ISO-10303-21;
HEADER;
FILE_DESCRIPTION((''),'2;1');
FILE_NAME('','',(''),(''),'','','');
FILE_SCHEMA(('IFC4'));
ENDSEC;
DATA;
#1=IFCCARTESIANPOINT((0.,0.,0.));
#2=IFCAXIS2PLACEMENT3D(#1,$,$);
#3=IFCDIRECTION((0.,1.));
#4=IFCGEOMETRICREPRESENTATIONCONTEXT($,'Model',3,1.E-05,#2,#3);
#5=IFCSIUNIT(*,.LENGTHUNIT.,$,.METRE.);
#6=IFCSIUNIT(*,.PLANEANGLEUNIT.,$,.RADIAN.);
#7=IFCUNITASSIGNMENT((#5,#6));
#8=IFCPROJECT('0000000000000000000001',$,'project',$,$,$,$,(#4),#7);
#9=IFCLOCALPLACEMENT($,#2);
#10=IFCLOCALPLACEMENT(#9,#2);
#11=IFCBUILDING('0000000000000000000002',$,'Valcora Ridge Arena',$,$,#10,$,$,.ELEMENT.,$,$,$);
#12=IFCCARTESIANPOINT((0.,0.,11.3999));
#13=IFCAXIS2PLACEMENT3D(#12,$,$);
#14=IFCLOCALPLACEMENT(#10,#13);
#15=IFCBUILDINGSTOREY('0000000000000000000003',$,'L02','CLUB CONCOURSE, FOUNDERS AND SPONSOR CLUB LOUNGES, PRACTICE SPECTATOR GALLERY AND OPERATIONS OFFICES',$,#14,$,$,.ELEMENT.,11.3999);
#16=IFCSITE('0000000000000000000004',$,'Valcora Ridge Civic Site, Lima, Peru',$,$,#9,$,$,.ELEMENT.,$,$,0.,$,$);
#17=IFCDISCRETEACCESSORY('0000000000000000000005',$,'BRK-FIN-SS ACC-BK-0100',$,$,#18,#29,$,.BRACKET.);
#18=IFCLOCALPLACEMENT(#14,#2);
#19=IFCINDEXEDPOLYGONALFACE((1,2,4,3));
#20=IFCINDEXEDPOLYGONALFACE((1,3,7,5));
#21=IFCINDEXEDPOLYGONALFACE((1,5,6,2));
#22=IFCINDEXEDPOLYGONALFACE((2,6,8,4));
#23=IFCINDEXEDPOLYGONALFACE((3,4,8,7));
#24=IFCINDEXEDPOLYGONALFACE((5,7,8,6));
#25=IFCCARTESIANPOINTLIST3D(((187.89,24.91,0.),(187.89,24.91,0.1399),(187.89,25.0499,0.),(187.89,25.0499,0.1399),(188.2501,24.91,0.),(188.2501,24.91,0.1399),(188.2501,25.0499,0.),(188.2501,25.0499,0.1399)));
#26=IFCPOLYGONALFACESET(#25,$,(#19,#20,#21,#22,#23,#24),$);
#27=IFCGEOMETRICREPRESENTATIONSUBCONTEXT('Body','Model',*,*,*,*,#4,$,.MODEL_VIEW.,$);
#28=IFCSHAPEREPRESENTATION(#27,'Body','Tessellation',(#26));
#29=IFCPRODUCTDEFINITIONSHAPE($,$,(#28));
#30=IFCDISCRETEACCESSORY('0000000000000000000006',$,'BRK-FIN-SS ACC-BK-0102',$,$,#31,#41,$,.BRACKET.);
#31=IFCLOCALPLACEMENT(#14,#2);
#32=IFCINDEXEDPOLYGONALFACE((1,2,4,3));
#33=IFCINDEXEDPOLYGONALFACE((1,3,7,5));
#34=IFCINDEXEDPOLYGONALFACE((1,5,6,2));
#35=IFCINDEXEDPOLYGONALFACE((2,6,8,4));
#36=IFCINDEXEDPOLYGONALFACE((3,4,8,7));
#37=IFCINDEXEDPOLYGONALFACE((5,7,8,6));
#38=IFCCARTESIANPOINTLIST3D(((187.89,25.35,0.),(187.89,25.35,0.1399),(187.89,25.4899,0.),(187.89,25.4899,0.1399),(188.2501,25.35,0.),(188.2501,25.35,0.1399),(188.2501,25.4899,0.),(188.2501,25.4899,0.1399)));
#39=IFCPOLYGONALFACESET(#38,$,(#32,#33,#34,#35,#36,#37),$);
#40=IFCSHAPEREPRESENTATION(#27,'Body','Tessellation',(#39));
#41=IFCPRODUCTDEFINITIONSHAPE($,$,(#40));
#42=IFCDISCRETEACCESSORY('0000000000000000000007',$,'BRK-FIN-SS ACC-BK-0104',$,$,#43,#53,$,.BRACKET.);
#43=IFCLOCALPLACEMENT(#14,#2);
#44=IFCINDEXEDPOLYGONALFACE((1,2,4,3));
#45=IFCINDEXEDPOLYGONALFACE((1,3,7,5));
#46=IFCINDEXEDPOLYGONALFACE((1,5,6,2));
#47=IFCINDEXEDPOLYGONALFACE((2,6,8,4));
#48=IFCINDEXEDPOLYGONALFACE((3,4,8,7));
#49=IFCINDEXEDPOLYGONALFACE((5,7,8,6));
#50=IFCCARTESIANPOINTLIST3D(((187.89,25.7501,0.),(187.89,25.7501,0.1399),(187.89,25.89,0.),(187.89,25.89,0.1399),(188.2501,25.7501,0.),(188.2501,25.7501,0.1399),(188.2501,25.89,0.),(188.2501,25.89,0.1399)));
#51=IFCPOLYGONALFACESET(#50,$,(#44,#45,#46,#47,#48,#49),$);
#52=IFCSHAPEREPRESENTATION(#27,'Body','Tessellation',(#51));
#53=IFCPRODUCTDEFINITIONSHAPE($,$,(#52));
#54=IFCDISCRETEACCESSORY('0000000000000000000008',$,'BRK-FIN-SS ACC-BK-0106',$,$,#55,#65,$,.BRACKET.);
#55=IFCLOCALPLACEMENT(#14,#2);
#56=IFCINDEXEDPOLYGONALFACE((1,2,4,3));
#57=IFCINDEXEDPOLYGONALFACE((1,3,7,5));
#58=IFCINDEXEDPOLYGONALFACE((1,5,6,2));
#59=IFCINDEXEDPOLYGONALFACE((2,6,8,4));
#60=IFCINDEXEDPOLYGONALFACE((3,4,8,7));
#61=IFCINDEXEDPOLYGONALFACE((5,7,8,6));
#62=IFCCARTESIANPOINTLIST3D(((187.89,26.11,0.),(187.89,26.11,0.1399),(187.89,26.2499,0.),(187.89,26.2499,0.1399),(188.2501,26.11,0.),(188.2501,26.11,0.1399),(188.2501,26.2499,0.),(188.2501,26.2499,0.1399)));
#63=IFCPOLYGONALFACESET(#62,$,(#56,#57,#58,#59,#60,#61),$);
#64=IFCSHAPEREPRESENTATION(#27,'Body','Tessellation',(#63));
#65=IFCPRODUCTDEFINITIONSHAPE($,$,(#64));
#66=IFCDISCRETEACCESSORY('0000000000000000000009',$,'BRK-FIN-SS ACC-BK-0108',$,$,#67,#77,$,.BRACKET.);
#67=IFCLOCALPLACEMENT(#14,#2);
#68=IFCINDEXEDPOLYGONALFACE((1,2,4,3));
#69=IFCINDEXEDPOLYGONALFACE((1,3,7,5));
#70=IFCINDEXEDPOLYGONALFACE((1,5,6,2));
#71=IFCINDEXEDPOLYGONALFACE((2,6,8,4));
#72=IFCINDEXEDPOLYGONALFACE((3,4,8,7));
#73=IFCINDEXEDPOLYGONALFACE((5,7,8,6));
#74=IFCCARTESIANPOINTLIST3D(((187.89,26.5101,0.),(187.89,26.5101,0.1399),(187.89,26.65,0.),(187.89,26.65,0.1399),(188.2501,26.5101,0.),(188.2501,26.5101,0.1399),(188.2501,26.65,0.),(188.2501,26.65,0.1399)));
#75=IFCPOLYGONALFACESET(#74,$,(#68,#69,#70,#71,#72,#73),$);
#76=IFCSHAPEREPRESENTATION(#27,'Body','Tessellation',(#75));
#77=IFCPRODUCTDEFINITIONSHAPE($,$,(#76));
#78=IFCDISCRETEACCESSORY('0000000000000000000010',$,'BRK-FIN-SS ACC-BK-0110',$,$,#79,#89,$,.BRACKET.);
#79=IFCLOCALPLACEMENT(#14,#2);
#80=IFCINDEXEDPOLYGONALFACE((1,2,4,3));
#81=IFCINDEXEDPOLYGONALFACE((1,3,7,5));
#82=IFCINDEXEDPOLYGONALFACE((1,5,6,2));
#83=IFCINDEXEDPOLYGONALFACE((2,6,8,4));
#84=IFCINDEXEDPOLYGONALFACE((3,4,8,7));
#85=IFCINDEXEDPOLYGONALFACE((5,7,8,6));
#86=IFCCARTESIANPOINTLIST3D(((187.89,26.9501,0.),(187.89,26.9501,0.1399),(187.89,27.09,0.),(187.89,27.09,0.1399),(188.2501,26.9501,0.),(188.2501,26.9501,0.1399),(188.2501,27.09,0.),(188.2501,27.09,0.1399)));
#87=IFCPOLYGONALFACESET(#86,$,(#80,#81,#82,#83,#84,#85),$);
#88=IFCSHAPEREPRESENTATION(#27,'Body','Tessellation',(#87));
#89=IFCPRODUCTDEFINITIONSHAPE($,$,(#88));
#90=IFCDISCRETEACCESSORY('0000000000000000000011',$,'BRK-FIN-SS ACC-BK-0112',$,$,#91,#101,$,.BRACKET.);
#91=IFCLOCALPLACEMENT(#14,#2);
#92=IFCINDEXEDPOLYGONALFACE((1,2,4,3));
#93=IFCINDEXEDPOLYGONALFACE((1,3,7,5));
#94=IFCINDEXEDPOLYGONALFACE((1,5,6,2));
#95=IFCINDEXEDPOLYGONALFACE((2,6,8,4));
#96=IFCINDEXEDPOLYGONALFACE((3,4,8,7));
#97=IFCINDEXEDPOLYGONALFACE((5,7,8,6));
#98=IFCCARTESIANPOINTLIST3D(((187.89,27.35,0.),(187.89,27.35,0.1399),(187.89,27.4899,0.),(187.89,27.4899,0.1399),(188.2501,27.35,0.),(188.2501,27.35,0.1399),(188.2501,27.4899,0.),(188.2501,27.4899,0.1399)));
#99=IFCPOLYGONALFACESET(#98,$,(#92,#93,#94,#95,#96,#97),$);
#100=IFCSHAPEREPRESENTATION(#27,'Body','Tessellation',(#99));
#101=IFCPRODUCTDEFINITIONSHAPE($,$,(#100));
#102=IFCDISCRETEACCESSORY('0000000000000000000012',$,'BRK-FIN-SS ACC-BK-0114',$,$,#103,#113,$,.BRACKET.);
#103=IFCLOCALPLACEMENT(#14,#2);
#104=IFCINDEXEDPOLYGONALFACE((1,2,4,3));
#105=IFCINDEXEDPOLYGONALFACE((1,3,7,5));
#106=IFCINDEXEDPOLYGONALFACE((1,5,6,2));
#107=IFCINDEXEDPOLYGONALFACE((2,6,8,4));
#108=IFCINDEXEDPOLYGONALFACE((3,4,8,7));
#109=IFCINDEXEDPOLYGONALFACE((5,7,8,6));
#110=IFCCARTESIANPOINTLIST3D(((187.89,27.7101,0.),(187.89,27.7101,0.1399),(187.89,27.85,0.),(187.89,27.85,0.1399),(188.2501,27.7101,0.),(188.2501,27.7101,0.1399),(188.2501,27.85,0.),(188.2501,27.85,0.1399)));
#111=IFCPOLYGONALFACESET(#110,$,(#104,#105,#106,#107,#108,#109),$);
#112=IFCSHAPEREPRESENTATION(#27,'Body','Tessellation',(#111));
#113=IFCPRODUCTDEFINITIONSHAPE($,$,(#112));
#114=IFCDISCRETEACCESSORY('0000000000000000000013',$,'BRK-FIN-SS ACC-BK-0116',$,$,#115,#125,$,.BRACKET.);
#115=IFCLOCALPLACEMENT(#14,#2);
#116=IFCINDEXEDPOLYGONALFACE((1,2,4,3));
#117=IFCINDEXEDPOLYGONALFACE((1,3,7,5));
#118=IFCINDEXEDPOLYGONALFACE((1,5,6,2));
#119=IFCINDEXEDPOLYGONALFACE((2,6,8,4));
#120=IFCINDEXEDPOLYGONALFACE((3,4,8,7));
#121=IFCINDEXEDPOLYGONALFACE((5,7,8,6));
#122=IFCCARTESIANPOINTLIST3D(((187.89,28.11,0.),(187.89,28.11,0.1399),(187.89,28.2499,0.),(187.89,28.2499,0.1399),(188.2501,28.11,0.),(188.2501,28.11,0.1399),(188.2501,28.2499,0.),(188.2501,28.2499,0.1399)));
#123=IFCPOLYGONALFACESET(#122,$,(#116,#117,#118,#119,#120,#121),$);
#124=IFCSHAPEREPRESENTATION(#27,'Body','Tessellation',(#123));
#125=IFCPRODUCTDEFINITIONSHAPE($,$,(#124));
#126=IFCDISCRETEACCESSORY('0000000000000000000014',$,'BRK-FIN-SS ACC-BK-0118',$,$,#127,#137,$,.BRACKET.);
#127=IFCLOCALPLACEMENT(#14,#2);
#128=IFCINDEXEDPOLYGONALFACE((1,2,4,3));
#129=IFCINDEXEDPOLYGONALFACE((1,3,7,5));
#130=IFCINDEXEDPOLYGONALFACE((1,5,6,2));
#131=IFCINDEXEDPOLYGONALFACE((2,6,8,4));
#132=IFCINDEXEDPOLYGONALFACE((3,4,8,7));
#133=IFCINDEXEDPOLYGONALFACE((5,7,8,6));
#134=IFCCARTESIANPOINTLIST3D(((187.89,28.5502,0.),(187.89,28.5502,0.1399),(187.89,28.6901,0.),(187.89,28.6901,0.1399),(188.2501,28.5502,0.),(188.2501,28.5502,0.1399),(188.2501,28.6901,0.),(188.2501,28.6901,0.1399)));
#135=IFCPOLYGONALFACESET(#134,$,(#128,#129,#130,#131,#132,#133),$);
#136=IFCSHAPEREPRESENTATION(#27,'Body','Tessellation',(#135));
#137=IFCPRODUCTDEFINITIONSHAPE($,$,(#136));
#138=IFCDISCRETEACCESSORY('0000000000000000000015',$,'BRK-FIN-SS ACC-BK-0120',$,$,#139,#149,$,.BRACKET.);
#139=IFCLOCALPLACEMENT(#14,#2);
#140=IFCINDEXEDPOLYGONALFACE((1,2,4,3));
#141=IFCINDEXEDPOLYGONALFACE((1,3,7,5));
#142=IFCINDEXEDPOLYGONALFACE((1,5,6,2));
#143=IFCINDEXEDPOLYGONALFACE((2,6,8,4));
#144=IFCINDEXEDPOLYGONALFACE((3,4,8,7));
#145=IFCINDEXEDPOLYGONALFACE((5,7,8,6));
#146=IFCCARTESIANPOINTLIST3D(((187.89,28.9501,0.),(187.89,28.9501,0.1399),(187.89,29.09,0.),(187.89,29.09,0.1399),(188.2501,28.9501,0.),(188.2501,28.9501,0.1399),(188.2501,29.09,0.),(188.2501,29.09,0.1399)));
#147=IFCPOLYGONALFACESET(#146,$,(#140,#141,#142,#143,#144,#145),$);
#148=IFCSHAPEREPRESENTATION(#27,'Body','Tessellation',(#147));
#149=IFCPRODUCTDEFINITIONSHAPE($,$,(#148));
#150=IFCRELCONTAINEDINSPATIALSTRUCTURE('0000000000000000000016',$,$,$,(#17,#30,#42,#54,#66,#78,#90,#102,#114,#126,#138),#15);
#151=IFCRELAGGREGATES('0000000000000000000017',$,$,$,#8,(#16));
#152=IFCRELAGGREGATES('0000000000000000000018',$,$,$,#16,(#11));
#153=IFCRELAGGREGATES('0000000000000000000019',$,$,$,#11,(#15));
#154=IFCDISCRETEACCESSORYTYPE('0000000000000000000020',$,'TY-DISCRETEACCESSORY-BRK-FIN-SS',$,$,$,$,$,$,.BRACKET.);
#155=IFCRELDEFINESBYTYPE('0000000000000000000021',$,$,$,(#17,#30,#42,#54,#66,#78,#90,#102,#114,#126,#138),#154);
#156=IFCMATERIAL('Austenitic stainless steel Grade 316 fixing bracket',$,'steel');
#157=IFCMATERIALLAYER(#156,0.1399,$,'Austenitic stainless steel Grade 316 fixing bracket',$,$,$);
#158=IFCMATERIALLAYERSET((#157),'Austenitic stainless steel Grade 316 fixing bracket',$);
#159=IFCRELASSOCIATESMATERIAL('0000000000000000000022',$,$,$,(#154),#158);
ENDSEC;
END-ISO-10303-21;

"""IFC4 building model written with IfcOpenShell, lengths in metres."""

from ifc_helpers import new_model, si_unit, direction, frame, origin, origin_2d, place, context, subcontext, project, spatial, rectangle, extrude, material, layer, layer_set, type_object, element, save


model = new_model("IFC4")

# Units and contexts
model_context = context("Model", 3, precision=1e-05, world=origin(), true_north=direction((0.0, 1.0)))
body_context = subcontext(model_context, "Body", "Model", "MODEL_VIEW")
ifc_project = project(units=[si_unit("LENGTHUNIT", "METRE"), si_unit("PLANEANGLEUNIT", "RADIAN")], contexts=[model_context])

# Site, building, storey
site_placement = place(None, origin())
site = spatial("IfcSite", under=ifc_project, at=site_placement, Name="Valcora Ridge Civic Site, Lima, Peru", CompositionType="ELEMENT", RefElevation=0.0)
building_placement = place(site_placement, origin())
building = spatial("IfcBuilding", under=site, at=building_placement, Name="Valcora Ridge Arena", CompositionType="ELEMENT")
storey_placement = place(building_placement, frame((0.0, 0.0, 11.3999)))
storey = spatial("IfcBuildingStorey", under=building, at=storey_placement, Name="L02", Description="CLUB CONCOURSE, FOUNDERS AND SPONSOR CLUB LOUNGES, PRACTICE SPECTATOR GALLERY AND OPERATIONS OFFICES", CompositionType="ELEMENT", Elevation=11.3999)

# Discrete accessories
ifc_material_1 = material(Name="Austenitic stainless steel Grade 316 fixing bracket", Category="steel")
ifc_layer_1 = layer(ifc_material_1, 0.1399, Name="Austenitic stainless steel Grade 316 fixing bracket")
ifc_layer_set_1 = layer_set([ifc_layer_1], Name="Austenitic stainless steel Grade 316 fixing bracket")
discrete_accessory_type = type_object("IfcDiscreteAccessoryType", Name="TY-DISCRETEACCESSORY-BRK-FIN-SS", PredefinedType="BRACKET", material=ifc_layer_set_1)
for number, where, z_axis, x_axis, name in (
    (1, (188.0701, 24.98, 0.0), (0.0, 0.0, 1.0), (1.0, 0.0, 0.0), "BRK-FIN-SS ACC-BK-0100"),
    (2, (188.0701, 25.4199, 0.0), (0.0, 0.0, 1.0), (1.0, 0.0, 0.0), "BRK-FIN-SS ACC-BK-0102"),
    (3, (188.0701, 25.8201, 0.0), (0.0, 0.0, 1.0), (1.0, 0.0, 0.0), "BRK-FIN-SS ACC-BK-0104"),
    (4, (188.0701, 26.1799, 0.0), (0.0, 0.0, 1.0), (1.0, 0.0, 0.0), "BRK-FIN-SS ACC-BK-0106"),
    (5, (188.0701, 26.5801, 0.0), (0.0, 0.0, 1.0), (1.0, 0.0, 0.0), "BRK-FIN-SS ACC-BK-0108"),
    (6, (188.0701, 27.02, 0.0), (0.0, 0.0, 1.0), (1.0, 0.0, 0.0), "BRK-FIN-SS ACC-BK-0110"),
    (7, (188.0701, 27.4199, 0.0), (0.0, 0.0, 1.0), (1.0, 0.0, 0.0), "BRK-FIN-SS ACC-BK-0112"),
    (8, (188.0701, 27.78, 0.0), (0.0, 0.0, 1.0), (1.0, 0.0, 0.0), "BRK-FIN-SS ACC-BK-0114"),
    (9, (188.0701, 28.1799, 0.0), (0.0, 0.0, 1.0), (1.0, 0.0, 0.0), "BRK-FIN-SS ACC-BK-0116"),
    (10, (188.0701, 28.6201, 0.0), (0.0, 0.0, 1.0), (1.0, 0.0, 0.0), "BRK-FIN-SS ACC-BK-0118"),
    (11, (188.0701, 29.02, 0.0), (0.0, 0.0, 1.0), (1.0, 0.0, 0.0), "BRK-FIN-SS ACC-BK-0120"),
):
    element("IfcDiscreteAccessory", number, at=place(storey_placement, frame(where, z_axis=z_axis, x_axis=x_axis)), inside=storey, type_object=discrete_accessory_type, Name=name, PredefinedType="BRACKET", context=body_context, shape_type="SweptSolid", body=[
        extrude(rectangle(XDim=0.3601, YDim=0.1399, at=origin_2d()), origin(), (0.0, 0.0, 1.0), 0.1399),
    ])

save(model, "model.ifc")
